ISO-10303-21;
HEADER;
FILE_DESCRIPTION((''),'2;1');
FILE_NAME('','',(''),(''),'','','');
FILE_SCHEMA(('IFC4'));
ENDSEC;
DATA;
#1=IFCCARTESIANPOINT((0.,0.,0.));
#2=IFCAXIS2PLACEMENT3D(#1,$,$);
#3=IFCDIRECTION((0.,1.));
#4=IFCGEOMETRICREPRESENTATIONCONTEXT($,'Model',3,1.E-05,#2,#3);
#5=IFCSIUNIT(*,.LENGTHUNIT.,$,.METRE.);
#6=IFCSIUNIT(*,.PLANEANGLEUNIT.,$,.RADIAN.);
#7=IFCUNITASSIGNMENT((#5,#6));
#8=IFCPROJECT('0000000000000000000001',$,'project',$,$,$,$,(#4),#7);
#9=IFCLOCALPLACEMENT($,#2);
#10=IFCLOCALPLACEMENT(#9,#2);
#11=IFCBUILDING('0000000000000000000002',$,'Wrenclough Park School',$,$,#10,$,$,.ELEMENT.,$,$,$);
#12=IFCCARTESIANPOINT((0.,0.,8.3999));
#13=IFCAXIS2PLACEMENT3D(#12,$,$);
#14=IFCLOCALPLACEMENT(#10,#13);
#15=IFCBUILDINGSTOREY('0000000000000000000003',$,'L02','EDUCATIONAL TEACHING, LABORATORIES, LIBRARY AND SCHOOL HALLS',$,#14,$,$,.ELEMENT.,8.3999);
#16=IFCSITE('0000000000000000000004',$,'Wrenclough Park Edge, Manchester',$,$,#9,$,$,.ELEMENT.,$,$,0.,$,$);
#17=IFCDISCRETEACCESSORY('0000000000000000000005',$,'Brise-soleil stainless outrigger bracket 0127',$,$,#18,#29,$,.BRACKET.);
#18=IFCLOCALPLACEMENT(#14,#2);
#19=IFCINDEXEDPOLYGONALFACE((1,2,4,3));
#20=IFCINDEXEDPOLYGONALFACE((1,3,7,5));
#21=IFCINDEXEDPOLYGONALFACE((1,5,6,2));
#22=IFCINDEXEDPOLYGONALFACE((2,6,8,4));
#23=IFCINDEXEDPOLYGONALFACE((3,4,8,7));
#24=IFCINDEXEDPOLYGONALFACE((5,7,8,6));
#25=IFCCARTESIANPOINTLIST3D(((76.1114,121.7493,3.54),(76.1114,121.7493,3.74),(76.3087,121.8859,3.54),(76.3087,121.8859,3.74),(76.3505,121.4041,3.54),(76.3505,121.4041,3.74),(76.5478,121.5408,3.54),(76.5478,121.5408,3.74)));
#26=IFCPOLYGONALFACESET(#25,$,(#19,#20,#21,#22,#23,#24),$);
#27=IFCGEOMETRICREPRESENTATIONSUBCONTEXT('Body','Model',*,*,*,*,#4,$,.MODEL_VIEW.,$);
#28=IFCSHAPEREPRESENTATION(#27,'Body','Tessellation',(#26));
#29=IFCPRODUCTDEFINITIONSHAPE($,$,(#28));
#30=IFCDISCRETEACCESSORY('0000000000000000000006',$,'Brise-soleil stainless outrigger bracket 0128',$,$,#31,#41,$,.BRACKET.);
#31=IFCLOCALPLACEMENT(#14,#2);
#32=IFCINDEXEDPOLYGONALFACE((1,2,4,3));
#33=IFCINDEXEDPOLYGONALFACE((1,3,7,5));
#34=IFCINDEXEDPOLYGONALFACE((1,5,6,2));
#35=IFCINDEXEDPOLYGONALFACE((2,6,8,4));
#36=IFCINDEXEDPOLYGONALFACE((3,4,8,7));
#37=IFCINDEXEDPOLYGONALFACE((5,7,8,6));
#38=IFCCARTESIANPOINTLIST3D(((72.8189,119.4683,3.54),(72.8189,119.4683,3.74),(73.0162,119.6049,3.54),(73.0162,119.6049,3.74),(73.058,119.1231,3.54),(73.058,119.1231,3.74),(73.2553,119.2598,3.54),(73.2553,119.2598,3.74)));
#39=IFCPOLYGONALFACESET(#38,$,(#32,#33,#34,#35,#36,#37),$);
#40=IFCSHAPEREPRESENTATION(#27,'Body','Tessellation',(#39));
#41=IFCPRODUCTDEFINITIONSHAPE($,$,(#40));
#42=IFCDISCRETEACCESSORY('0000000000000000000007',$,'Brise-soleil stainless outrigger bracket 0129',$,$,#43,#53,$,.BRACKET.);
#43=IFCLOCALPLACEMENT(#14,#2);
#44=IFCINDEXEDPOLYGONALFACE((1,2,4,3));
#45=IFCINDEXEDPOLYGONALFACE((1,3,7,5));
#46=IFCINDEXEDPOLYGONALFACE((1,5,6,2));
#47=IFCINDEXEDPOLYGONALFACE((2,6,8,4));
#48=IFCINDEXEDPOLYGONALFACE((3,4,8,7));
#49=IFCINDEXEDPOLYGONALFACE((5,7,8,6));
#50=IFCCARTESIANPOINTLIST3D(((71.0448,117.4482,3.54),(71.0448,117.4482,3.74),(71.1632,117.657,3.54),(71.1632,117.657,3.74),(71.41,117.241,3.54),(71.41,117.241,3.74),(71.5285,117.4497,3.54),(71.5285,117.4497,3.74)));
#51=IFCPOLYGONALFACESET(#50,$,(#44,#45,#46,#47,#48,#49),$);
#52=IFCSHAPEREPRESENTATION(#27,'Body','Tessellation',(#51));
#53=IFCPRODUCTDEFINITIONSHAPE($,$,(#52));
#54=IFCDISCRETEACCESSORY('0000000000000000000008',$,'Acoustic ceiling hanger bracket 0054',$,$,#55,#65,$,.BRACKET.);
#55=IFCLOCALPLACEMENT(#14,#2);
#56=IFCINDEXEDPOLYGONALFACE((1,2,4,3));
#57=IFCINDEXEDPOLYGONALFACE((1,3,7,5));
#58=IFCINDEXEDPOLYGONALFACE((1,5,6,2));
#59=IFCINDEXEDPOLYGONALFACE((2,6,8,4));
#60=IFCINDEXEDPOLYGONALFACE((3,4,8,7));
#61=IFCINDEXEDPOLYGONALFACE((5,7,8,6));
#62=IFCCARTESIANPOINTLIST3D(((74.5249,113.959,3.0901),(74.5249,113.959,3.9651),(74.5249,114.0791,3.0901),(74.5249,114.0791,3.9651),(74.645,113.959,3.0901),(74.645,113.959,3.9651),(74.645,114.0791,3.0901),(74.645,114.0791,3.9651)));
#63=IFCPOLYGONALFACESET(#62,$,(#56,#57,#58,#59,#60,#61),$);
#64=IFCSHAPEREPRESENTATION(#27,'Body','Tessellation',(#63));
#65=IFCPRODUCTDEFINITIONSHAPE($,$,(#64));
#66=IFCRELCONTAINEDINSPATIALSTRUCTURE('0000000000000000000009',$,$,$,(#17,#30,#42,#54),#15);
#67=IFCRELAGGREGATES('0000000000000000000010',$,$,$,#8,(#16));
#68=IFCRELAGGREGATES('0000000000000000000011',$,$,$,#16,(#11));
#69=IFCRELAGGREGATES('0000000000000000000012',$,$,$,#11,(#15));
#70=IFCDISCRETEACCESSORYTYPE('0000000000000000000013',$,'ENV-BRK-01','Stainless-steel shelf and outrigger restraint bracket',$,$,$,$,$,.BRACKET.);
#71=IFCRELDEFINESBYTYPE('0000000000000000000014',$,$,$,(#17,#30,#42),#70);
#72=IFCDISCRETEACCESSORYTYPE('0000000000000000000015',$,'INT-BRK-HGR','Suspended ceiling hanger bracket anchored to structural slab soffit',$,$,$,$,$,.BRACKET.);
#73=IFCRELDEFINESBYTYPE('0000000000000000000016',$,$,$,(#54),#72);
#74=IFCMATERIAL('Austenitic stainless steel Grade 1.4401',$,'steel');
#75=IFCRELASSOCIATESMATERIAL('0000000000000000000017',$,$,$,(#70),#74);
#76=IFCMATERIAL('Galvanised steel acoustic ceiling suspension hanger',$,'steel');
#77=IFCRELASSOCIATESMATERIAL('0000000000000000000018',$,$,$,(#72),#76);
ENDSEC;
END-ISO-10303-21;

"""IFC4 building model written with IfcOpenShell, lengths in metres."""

from ifc_helpers import new_model, si_unit, direction, frame, origin, origin_2d, place, context, subcontext, project, spatial, rectangle, extrude, material, type_object, element, save


model = new_model("IFC4")

# Units and contexts
model_context = context("Model", 3, precision=1e-05, world=origin(), true_north=direction((0.0, 1.0)))
body_context = subcontext(model_context, "Body", "Model", "MODEL_VIEW")
ifc_project = project(units=[si_unit("LENGTHUNIT", "METRE"), si_unit("PLANEANGLEUNIT", "RADIAN")], contexts=[model_context])

# Site, building, storey
site_placement = place(None, origin())
site = spatial("IfcSite", under=ifc_project, at=site_placement, Name="Wrenclough Park Edge, Manchester", CompositionType="ELEMENT", RefElevation=0.0)
building_placement = place(site_placement, origin())
building = spatial("IfcBuilding", under=site, at=building_placement, Name="Wrenclough Park School", CompositionType="ELEMENT")
storey_placement = place(building_placement, frame((0.0, 0.0, 8.3999)))
storey = spatial("IfcBuildingStorey", under=building, at=storey_placement, Name="L02", Description="EDUCATIONAL TEACHING, LABORATORIES, LIBRARY AND SCHOOL HALLS", CompositionType="ELEMENT", Elevation=8.3999)

# Discrete accessories
ifc_material_1 = material(Name="Austenitic stainless steel Grade 1.4401", Category="steel")
discrete_accessory_type_1 = type_object("IfcDiscreteAccessoryType", Name="ENV-BRK-01", Description="Stainless-steel shelf and outrigger restraint bracket", PredefinedType="BRACKET", material=ifc_material_1)
for number, where, z_axis, x_axis, name in (
    (1, (76.3296, 121.645, 3.54), (0.0, 0.0, 1.0), (-0.822008, -0.569476, 0.0), "Brise-soleil stainless outrigger bracket 0127"),
    (2, (73.0371, 119.364, 3.54), (0.0, 0.0, 1.0), (-0.822008, -0.569476, 0.0), "Brise-soleil stainless outrigger bracket 0128"),
    (3, (71.2866, 117.449, 3.54), (0.0, 0.0, 1.0), (-0.493509, -0.869741, 0.0), "Brise-soleil stainless outrigger bracket 0129"),
):
    element("IfcDiscreteAccessory", number, at=place(storey_placement, frame(where, z_axis=z_axis, x_axis=x_axis)), inside=storey, type_object=discrete_accessory_type_1, Name=name, PredefinedType="BRACKET", context=body_context, shape_type="SweptSolid", body=[
        extrude(rectangle(XDim=0.24, YDim=0.4199, at=origin_2d()), origin(), (0.0, 0.0, 1.0), 0.2),
    ])
ifc_material_2 = material(Name="Galvanised steel acoustic ceiling suspension hanger", Category="steel")
discrete_accessory_type_2 = type_object("IfcDiscreteAccessoryType", Name="INT-BRK-HGR", Description="Suspended ceiling hanger bracket anchored to structural slab soffit", PredefinedType="BRACKET", material=ifc_material_2)
discrete_accessory_placement = place(storey_placement, frame((74.585, 114.019, 3.0901), z_axis=(0.0, 0.0, 1.0), x_axis=(1.0, 0.0, 0.0)))
element("IfcDiscreteAccessory", 4, at=discrete_accessory_placement, inside=storey, type_object=discrete_accessory_type_2, Name="Acoustic ceiling hanger bracket 0054", PredefinedType="BRACKET", context=body_context, shape_type="SweptSolid", body=[
    extrude(rectangle(XDim=0.1201, YDim=0.1201, at=origin_2d()), origin(), (0.0, 0.0, 1.0), 0.875),
])

save(model, "model.ifc")
